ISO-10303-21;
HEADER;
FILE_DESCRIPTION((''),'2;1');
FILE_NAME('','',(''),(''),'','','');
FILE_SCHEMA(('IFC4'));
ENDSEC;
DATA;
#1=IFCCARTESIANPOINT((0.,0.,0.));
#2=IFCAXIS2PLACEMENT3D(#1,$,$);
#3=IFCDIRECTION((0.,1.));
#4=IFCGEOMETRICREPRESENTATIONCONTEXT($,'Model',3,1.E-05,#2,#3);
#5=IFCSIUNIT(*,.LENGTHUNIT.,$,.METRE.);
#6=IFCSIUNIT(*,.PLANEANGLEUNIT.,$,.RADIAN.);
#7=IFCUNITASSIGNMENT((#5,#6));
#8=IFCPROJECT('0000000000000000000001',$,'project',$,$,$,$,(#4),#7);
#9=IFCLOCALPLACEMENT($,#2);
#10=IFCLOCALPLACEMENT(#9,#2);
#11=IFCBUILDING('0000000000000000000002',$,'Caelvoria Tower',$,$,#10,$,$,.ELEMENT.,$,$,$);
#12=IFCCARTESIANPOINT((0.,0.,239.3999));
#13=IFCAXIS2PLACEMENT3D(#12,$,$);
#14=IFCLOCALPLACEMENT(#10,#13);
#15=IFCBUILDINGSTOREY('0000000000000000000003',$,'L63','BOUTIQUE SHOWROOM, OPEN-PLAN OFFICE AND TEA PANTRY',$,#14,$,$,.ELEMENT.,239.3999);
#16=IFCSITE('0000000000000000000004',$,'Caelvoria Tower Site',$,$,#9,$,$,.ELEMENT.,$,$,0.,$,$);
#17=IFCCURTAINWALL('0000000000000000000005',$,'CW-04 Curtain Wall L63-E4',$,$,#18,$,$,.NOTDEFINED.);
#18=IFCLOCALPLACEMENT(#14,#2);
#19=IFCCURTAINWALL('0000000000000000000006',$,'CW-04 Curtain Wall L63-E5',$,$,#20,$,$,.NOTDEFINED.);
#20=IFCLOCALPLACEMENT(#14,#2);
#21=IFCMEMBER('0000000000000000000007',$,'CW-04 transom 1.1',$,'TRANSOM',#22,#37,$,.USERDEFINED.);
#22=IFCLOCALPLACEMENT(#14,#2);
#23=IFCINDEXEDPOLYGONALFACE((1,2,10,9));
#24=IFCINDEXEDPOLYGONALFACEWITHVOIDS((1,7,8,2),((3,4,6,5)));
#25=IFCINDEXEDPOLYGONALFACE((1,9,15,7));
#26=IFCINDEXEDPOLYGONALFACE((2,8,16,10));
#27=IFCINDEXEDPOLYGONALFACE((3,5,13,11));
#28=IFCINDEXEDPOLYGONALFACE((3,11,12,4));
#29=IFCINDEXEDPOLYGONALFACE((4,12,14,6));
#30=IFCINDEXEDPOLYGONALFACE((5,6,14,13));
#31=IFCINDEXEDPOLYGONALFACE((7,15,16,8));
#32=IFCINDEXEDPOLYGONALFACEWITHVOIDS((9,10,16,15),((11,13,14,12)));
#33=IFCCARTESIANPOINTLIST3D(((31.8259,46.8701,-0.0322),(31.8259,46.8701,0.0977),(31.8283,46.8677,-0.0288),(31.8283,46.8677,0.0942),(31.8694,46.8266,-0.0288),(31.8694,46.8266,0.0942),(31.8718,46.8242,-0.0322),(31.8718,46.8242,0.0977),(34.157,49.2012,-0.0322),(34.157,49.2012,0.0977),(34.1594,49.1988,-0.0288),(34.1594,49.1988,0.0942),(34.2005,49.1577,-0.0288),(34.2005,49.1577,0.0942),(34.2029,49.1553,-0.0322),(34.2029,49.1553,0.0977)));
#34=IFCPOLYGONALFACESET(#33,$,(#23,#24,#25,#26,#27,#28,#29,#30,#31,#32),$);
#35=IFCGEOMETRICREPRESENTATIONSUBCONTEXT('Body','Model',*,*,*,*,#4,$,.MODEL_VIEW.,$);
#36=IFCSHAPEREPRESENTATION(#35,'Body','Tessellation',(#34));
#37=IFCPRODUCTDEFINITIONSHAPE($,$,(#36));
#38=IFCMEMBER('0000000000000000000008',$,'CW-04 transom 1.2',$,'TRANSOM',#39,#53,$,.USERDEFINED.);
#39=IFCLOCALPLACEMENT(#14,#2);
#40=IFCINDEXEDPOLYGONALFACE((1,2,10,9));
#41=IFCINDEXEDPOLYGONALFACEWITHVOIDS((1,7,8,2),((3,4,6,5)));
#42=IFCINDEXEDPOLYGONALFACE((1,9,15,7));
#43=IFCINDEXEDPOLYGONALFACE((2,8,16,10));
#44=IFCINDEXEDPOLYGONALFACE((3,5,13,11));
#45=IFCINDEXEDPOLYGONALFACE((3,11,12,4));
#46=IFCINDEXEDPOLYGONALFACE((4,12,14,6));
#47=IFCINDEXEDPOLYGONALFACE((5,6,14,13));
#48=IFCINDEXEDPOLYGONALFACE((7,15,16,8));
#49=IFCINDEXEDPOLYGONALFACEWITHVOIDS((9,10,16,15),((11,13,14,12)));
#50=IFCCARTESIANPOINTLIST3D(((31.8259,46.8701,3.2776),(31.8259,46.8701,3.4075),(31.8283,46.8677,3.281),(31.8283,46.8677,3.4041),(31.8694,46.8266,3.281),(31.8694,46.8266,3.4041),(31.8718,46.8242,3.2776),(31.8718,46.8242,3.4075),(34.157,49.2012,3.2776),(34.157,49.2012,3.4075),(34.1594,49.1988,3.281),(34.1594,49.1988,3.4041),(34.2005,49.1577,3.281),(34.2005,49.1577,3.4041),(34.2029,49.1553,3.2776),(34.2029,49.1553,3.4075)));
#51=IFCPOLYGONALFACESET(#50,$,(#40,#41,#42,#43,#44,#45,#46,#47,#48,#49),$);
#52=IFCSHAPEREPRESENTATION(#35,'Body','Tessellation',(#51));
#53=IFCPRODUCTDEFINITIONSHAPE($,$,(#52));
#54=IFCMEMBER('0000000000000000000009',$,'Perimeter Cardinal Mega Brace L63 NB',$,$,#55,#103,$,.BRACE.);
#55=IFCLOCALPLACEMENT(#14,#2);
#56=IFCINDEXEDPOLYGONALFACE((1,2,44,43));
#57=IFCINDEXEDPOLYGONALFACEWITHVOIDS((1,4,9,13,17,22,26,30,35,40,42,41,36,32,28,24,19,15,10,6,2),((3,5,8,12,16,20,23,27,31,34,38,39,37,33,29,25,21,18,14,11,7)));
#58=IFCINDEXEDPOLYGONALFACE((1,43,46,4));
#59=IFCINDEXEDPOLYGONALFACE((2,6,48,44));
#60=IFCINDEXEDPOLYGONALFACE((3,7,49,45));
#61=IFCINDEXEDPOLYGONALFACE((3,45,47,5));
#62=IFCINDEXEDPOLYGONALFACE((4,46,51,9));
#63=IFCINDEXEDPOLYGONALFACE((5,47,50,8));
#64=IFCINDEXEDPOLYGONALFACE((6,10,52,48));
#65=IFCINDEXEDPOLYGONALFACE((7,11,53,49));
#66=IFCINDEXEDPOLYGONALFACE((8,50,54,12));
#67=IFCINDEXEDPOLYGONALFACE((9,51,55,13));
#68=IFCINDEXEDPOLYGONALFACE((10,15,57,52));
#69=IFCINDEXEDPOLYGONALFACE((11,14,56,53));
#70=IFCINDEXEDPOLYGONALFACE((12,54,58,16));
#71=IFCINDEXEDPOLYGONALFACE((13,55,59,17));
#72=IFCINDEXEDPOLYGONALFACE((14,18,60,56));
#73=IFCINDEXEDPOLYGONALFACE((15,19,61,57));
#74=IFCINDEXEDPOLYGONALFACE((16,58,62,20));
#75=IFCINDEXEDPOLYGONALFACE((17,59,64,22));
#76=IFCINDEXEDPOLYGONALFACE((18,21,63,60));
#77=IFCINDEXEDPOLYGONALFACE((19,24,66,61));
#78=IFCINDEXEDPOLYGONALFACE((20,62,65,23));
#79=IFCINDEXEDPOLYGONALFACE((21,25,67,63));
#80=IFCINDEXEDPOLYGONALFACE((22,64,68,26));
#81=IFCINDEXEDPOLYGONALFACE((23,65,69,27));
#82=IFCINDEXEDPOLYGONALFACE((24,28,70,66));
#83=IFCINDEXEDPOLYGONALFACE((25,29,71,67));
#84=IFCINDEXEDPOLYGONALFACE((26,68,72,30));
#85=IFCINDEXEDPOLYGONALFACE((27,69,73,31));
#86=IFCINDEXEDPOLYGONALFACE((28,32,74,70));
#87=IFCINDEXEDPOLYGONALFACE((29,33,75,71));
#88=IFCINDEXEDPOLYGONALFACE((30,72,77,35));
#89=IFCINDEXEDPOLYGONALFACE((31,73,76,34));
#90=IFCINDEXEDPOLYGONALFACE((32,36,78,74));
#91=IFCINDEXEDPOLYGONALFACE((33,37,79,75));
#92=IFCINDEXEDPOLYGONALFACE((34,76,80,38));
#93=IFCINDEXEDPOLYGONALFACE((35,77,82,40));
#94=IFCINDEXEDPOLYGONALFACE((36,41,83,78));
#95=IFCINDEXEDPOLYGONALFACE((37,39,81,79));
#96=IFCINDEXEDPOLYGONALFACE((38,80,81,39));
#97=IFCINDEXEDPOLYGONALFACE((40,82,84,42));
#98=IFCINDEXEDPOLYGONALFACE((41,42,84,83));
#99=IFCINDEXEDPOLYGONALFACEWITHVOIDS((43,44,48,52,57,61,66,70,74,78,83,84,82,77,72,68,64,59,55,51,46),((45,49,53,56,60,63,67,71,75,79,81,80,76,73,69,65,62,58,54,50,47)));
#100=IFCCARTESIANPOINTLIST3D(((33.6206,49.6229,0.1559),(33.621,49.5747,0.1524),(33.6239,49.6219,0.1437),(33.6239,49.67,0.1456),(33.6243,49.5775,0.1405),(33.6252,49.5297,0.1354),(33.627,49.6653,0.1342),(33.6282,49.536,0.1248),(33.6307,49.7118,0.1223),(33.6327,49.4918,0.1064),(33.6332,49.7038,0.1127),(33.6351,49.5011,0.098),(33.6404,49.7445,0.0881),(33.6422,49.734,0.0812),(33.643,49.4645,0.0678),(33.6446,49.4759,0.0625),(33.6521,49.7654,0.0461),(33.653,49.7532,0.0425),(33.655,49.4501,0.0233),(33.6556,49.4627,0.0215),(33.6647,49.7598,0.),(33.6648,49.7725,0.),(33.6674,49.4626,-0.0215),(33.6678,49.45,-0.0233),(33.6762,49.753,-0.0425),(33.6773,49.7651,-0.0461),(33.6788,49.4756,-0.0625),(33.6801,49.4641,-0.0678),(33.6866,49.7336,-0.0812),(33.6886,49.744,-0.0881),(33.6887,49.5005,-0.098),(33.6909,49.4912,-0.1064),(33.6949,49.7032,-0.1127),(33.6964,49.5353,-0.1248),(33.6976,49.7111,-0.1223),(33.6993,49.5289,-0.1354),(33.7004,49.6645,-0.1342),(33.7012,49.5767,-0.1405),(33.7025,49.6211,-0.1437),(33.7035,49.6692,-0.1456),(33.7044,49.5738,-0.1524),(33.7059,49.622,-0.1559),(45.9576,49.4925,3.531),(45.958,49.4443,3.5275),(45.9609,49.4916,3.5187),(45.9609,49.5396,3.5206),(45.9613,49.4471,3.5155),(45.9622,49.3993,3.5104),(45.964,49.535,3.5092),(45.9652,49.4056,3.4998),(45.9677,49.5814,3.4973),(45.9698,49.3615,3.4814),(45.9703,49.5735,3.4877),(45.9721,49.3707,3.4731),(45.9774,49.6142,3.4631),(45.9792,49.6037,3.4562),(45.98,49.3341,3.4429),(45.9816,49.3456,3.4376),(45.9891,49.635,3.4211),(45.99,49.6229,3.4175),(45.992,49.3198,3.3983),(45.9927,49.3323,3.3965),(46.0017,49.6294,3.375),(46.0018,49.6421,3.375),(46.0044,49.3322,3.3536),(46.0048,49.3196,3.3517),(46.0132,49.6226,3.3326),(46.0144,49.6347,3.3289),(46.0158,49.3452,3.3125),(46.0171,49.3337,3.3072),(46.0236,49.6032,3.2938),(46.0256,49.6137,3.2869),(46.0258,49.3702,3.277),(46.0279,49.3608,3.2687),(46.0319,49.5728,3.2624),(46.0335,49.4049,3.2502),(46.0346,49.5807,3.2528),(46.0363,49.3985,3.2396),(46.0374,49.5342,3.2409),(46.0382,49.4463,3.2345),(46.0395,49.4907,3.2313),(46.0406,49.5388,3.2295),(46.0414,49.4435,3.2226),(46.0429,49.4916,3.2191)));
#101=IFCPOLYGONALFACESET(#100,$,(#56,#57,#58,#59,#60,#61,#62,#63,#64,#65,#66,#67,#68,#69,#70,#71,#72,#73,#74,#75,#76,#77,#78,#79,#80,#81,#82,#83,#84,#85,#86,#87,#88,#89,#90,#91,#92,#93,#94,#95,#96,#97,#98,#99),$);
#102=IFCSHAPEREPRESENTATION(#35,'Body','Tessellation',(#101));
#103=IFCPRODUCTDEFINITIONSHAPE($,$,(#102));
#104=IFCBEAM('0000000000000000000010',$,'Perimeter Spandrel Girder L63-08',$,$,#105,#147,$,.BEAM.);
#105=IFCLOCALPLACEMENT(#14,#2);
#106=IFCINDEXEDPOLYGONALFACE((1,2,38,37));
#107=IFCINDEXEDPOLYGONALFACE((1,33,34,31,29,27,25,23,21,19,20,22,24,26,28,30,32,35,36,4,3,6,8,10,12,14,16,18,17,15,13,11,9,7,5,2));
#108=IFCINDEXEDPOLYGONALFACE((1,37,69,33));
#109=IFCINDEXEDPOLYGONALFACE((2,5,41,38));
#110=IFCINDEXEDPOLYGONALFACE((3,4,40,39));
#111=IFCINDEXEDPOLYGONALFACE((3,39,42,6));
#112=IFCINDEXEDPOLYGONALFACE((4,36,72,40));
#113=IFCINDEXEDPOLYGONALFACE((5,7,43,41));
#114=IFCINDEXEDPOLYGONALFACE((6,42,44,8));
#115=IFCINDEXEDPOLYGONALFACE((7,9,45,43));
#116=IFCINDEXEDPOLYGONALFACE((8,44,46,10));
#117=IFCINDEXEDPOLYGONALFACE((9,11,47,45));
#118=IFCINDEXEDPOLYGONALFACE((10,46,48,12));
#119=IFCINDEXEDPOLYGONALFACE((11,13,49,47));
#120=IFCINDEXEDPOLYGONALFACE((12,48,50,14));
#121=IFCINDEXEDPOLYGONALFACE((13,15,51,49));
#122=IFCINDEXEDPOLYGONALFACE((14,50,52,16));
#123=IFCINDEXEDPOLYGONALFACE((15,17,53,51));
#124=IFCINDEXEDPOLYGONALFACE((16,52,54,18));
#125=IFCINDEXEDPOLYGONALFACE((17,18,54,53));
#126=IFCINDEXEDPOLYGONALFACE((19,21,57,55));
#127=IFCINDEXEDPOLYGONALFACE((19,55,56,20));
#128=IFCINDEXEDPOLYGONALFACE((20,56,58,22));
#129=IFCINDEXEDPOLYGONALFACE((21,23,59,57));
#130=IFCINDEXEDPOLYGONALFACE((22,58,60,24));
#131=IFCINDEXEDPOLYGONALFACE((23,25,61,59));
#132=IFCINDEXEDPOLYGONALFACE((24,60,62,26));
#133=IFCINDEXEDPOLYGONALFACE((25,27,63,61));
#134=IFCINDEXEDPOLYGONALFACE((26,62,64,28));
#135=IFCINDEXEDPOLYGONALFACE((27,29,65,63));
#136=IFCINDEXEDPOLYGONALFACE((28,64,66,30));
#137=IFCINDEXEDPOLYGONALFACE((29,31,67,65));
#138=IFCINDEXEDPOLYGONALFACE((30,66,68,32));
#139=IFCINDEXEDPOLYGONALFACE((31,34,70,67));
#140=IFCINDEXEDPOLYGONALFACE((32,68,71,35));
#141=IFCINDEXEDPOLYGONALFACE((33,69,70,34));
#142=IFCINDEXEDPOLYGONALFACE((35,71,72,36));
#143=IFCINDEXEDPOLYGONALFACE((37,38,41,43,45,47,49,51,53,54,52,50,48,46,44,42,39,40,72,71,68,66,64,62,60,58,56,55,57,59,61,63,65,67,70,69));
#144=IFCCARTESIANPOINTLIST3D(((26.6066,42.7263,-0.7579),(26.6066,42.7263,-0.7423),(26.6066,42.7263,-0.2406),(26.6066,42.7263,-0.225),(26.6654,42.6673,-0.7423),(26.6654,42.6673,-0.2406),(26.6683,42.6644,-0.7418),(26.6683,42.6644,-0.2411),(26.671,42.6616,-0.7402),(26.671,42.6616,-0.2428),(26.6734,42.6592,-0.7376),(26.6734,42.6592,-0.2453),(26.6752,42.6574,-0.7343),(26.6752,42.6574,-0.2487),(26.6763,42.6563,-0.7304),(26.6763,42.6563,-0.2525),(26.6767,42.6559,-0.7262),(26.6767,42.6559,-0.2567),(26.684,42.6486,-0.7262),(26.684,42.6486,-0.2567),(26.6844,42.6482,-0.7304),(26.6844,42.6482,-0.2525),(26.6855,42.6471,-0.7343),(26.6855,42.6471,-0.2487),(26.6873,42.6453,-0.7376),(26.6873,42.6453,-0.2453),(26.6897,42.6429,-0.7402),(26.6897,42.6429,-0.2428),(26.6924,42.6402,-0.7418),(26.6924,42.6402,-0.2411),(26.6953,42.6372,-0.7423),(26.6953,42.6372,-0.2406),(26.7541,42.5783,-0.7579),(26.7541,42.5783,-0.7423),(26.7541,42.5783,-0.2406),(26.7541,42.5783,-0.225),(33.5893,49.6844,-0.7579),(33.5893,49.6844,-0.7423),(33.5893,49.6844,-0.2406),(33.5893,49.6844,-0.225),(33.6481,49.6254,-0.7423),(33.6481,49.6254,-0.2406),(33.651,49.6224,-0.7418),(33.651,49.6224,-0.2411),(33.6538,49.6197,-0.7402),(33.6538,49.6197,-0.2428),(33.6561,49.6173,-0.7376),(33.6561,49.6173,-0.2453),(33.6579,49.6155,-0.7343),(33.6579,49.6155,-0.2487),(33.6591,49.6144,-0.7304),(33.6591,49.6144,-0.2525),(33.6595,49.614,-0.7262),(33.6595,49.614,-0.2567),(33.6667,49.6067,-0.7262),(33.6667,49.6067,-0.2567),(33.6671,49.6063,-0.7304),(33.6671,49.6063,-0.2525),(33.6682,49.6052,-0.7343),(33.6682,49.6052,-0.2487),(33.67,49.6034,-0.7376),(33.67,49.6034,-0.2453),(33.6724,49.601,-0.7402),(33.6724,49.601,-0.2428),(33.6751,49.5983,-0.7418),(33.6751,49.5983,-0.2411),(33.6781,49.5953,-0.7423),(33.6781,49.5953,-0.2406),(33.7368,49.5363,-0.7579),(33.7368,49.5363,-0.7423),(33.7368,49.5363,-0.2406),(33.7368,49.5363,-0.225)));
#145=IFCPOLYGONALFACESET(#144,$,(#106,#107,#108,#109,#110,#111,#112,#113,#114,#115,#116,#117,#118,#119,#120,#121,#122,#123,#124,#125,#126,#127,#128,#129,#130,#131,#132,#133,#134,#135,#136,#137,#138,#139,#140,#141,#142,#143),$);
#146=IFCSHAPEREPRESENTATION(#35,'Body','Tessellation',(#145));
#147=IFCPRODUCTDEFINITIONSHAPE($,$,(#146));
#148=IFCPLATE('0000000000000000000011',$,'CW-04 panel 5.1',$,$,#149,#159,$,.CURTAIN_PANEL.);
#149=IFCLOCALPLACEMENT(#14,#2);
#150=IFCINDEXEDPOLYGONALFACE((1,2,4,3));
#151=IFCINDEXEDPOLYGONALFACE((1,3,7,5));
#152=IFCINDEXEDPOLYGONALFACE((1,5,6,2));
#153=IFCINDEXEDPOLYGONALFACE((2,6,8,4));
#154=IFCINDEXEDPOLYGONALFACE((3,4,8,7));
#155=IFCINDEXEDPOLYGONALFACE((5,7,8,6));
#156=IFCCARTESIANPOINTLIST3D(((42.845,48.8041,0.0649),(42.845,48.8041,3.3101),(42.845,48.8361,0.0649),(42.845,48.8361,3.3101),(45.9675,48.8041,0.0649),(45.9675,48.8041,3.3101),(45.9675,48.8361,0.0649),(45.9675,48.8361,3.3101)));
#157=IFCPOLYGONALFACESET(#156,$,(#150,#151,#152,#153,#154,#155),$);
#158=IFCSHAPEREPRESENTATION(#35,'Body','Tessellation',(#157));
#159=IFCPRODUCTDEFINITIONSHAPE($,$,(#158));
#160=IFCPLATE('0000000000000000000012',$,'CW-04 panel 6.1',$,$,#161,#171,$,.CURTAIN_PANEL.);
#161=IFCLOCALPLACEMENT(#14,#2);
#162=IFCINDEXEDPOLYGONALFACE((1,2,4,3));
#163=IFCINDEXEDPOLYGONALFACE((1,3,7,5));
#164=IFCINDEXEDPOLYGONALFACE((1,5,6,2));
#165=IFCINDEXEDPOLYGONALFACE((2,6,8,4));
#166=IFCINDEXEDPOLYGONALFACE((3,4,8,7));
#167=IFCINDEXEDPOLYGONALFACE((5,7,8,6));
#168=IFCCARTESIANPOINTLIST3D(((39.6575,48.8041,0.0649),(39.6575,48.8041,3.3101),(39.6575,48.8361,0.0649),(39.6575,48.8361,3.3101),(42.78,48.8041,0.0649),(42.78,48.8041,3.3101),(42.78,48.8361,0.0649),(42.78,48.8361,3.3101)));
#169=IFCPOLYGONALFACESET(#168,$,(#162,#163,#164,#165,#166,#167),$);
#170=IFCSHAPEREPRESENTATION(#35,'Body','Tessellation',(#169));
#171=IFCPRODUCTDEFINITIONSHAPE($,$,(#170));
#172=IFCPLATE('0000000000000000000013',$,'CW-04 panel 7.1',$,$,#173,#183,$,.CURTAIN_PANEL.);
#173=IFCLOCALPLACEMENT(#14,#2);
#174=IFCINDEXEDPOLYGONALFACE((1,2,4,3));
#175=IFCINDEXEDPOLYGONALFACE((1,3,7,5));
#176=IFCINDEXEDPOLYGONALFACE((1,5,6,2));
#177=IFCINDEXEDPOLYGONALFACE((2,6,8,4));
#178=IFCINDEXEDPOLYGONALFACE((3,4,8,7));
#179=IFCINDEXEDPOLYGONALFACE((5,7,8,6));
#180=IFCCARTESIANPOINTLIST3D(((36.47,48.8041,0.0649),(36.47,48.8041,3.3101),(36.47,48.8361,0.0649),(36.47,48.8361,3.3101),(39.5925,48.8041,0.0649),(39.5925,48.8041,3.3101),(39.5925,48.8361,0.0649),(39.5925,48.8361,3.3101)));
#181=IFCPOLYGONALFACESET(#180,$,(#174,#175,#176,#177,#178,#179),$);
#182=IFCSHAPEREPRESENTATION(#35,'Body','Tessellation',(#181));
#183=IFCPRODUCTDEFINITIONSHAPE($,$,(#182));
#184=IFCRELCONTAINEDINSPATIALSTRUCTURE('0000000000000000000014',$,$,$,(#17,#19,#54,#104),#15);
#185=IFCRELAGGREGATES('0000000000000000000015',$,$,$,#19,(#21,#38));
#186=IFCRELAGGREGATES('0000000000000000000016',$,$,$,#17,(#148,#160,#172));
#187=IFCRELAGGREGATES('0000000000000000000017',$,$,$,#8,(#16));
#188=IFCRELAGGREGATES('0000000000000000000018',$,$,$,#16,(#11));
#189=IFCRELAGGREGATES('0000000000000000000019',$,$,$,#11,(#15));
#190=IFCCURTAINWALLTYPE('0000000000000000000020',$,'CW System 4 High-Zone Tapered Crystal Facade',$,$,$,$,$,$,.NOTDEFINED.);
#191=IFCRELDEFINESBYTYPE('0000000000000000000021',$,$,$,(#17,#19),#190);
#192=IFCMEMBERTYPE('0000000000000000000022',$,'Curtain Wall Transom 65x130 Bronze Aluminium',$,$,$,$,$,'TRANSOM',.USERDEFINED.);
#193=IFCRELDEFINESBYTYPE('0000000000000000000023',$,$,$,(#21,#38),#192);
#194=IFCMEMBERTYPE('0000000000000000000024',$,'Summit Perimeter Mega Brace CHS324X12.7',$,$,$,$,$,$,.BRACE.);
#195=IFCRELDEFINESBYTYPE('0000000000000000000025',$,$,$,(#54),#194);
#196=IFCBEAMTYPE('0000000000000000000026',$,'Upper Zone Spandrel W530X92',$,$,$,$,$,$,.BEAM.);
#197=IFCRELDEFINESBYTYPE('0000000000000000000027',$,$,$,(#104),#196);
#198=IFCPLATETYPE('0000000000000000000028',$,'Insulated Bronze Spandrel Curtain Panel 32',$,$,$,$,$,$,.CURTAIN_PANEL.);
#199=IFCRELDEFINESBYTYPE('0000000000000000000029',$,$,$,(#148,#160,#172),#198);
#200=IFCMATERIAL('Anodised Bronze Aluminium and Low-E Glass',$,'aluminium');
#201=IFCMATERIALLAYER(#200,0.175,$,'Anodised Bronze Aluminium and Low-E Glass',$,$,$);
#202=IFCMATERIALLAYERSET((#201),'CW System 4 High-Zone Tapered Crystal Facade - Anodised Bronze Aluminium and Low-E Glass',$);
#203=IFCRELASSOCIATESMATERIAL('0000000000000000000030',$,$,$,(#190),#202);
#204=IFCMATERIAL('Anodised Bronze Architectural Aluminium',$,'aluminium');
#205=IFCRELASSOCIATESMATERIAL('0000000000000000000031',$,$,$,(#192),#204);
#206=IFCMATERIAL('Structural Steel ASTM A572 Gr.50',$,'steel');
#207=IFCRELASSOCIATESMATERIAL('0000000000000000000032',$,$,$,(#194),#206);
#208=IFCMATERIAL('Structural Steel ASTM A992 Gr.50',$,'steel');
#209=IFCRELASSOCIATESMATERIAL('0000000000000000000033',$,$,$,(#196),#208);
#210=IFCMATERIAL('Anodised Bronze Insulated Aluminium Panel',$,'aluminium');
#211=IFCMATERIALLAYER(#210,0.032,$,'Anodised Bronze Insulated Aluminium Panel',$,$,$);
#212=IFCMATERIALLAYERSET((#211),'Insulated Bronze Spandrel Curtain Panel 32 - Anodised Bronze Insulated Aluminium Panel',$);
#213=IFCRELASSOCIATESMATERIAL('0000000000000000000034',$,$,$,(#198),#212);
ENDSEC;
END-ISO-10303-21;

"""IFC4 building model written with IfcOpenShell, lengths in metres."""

from ifc_helpers import new_model, si_unit, direction, frame, origin, origin_2d, place, context, subcontext, project, spatial, rectangle, hollow_rectangle, hollow_circle, i_section, extrude, material, layer, layer_set, material_profile, profile_set, type_object, element, aggregate, save


model = new_model("IFC4")

# Units and contexts
model_context = context("Model", 3, precision=1e-05, world=origin(), true_north=direction((0.0, 1.0)))
body_context = subcontext(model_context, "Body", "Model", "MODEL_VIEW")
ifc_project = project(units=[si_unit("LENGTHUNIT", "METRE"), si_unit("PLANEANGLEUNIT", "RADIAN")], contexts=[model_context])

# Site, building, storey
site_placement = place(None, origin())
site = spatial("IfcSite", under=ifc_project, at=site_placement, Name="Caelvoria Tower Site", CompositionType="ELEMENT", RefElevation=0.0)
building_placement = place(site_placement, origin())
building = spatial("IfcBuilding", under=site, at=building_placement, Name="Caelvoria Tower", CompositionType="ELEMENT")
storey_placement = place(building_placement, frame((0.0, 0.0, 239.3999)))
storey = spatial("IfcBuildingStorey", under=building, at=storey_placement, Name="L63", Description="BOUTIQUE SHOWROOM, OPEN-PLAN OFFICE AND TEA PANTRY", CompositionType="ELEMENT", Elevation=239.3999)

# Shared definitions
ifc_material_1 = material(Name="Structural Steel ASTM A572 Gr.50", Category="steel")

# Curtain wall
ifc_material_2 = material(Name="Anodised Bronze Aluminium and Low-E Glass", Category="aluminium")
ifc_layer_1 = layer(ifc_material_2, 0.175, Name="Anodised Bronze Aluminium and Low-E Glass")
ifc_layer_set_1 = layer_set([ifc_layer_1], Name="CW System 4 High-Zone Tapered Crystal Facade - Anodised Bronze Aluminium and Low-E Glass")
curtain_wall_type = type_object("IfcCurtainWallType", Name="CW System 4 High-Zone Tapered Crystal Facade", PredefinedType="NOTDEFINED", material=ifc_layer_set_1)
curtain_wall_1_placement = place(storey_placement, origin())
curtain_wall_1 = element("IfcCurtainWall", 1, at=curtain_wall_1_placement, inside=storey, type_object=curtain_wall_type, Name="CW-04 Curtain Wall L63-E4", PredefinedType="NOTDEFINED")
ifc_material_3 = material(Name="Anodised Bronze Architectural Aluminium", Category="aluminium")

# Curtain wall
curtain_wall_2_placement = place(storey_placement, origin())
curtain_wall_2 = element("IfcCurtainWall", 2, at=curtain_wall_2_placement, inside=storey, type_object=curtain_wall_type, Name="CW-04 Curtain Wall L63-E5", PredefinedType="NOTDEFINED")

# Members
ifc_material_profile_1 = material_profile(ifc_material_3, hollow_rectangle(XDim=0.0649, YDim=0.1299, WallThickness=0.0034, at=origin_2d()), Name="Anodised Bronze Architectural Aluminium")
ifc_profile_set_1 = profile_set([ifc_material_profile_1], Name="CW_TRAN_65X130 - Anodised Bronze Architectural Aluminium")
member_type_1 = type_object("IfcMemberType", Name="Curtain Wall Transom 65x130 Bronze Aluminium", ElementType="TRANSOM", PredefinedType="USERDEFINED", material=ifc_profile_set_1)
member_1_placement = place(storey_placement, frame((34.1799, 49.1782, 0.0327), z_axis=(-0.707107, -0.707107, 0.0), x_axis=(0.707107, -0.707107, 0.0)))
member_1 = element("IfcMember", 3, at=member_1_placement, type_object=member_type_1, Name="CW-04 transom 1.1", ObjectType="TRANSOM", PredefinedType="USERDEFINED", context=body_context, shape_type="SweptSolid", body=[
    extrude(hollow_rectangle(XDim=0.0649, YDim=0.1299, WallThickness=0.0034, at=origin_2d()), origin(), (0.0, 0.0, 1.0), 3.2966),
])
member_2_placement = place(storey_placement, frame((34.1799, 49.1782, 3.3425), z_axis=(-0.707107, -0.707107, 0.0), x_axis=(0.707107, -0.707107, 0.0)))
member_2 = element("IfcMember", 4, at=member_2_placement, type_object=member_type_1, Name="CW-04 transom 1.2", ObjectType="TRANSOM", PredefinedType="USERDEFINED", context=body_context, shape_type="SweptSolid", body=[
    extrude(hollow_rectangle(XDim=0.0649, YDim=0.1299, WallThickness=0.0034, at=origin_2d()), origin(), (0.0, 0.0, 1.0), 3.2966),
])
aggregate(curtain_wall_2, [member_1, member_2])
ifc_material_profile_2 = material_profile(ifc_material_1, hollow_circle(Radius=0.1621, WallThickness=0.0127, at=origin_2d()), Name="Structural Steel ASTM A572 Gr.50")
ifc_profile_set_2 = profile_set([ifc_material_profile_2], Name="CHS324X12.7 - Structural Steel ASTM A572 Gr.50")
member_type_2 = type_object("IfcMemberType", Name="Summit Perimeter Mega Brace CHS324X12.7", PredefinedType="BRACE", material=ifc_profile_set_2)
member_3_placement = place(storey_placement, frame((33.6631, 49.6104, 0.0), z_axis=(0.964507, -0.010192, 0.26386), x_axis=(0.010567, 0.999944, 0.0)))
element("IfcMember", 5, at=member_3_placement, inside=storey, type_object=member_type_2, Name="Perimeter Cardinal Mega Brace L63 NB", PredefinedType="BRACE", context=body_context, shape_type="SweptSolid", body=[
    extrude(hollow_circle(Radius=0.1621, WallThickness=0.0127, at=origin_2d()), origin(), (0.0, 0.0, 1.0), 12.791),
])

# Beam
ifc_material_4 = material(Name="Structural Steel ASTM A992 Gr.50", Category="steel")
ifc_material_profile_3 = material_profile(ifc_material_4, i_section(OverallWidth=0.209, OverallDepth=0.533, WebThickness=0.0103, FlangeThickness=0.0156, FilletRadius=0.0161, at=origin_2d()), Name="Structural Steel ASTM A992 Gr.50")
ifc_profile_set_3 = profile_set([ifc_material_profile_3], Name="W530X92 - Structural Steel ASTM A992 Gr.50")
beam_type = type_object("IfcBeamType", Name="Upper Zone Spandrel W530X92", PredefinedType="BEAM", material=ifc_profile_set_3)
beam_placement = place(storey_placement, frame((33.6631, 49.6104, -0.4915), z_axis=(-0.708356, -0.705855, 0.0), x_axis=(0.705855, -0.708356, 0.0)))
element("IfcBeam", 6, at=beam_placement, inside=storey, type_object=beam_type, Name="Perimeter Spandrel Girder L63-08", PredefinedType="BEAM", context=body_context, shape_type="SweptSolid", body=[
    extrude(i_section(OverallWidth=0.209, OverallDepth=0.533, WebThickness=0.0103, FlangeThickness=0.0156, FilletRadius=0.0161, at=origin_2d()), origin(), (0.0, 0.0, 1.0), 9.8577),
])

# Plates
ifc_material_5 = material(Name="Anodised Bronze Insulated Aluminium Panel", Category="aluminium")
ifc_layer_2 = layer(ifc_material_5, 0.032, Name="Anodised Bronze Insulated Aluminium Panel")
ifc_layer_set_2 = layer_set([ifc_layer_2], Name="Insulated Bronze Spandrel Curtain Panel 32 - Anodised Bronze Insulated Aluminium Panel")
plate_type_1 = type_object("IfcPlateType", Name="Insulated Bronze Spandrel Curtain Panel 32", PredefinedType="CURTAIN_PANEL", material=ifc_layer_set_2)
plate_1_placement = place(storey_placement, frame((44.4062, 48.8201, 0.0649), z_axis=(0.0, 0.0, 1.0), x_axis=(-1.0, 0.0, 0.0)))
plate_1 = element("IfcPlate", 7, at=plate_1_placement, type_object=plate_type_1, Name="CW-04 panel 5.1", PredefinedType="CURTAIN_PANEL", context=body_context, shape_type="SweptSolid", body=[
    extrude(rectangle(XDim=3.1226, YDim=0.032, at=origin_2d()), origin(), (0.0, 0.0, 1.0), 3.2451),
])
plate_2_placement = place(storey_placement, frame((41.2188, 48.8201, 0.0649), z_axis=(0.0, 0.0, 1.0), x_axis=(-1.0, 0.0, 0.0)))
plate_2 = element("IfcPlate", 8, at=plate_2_placement, type_object=plate_type_1, Name="CW-04 panel 6.1", PredefinedType="CURTAIN_PANEL", context=body_context, shape_type="SweptSolid", body=[
    extrude(rectangle(XDim=3.1226, YDim=0.032, at=origin_2d()), origin(), (0.0, 0.0, 1.0), 3.2451),
])
plate_3_placement = place(storey_placement, frame((38.0312, 48.8201, 0.0649), z_axis=(0.0, 0.0, 1.0), x_axis=(-1.0, 0.0, 0.0)))
plate_3 = element("IfcPlate", 9, at=plate_3_placement, type_object=plate_type_1, Name="CW-04 panel 7.1", PredefinedType="CURTAIN_PANEL", context=body_context, shape_type="SweptSolid", body=[
    extrude(rectangle(XDim=3.1226, YDim=0.032, at=origin_2d()), origin(), (0.0, 0.0, 1.0), 3.2451),
])
aggregate(curtain_wall_1, [plate_1, plate_2, plate_3])

save(model, "model.ifc")
